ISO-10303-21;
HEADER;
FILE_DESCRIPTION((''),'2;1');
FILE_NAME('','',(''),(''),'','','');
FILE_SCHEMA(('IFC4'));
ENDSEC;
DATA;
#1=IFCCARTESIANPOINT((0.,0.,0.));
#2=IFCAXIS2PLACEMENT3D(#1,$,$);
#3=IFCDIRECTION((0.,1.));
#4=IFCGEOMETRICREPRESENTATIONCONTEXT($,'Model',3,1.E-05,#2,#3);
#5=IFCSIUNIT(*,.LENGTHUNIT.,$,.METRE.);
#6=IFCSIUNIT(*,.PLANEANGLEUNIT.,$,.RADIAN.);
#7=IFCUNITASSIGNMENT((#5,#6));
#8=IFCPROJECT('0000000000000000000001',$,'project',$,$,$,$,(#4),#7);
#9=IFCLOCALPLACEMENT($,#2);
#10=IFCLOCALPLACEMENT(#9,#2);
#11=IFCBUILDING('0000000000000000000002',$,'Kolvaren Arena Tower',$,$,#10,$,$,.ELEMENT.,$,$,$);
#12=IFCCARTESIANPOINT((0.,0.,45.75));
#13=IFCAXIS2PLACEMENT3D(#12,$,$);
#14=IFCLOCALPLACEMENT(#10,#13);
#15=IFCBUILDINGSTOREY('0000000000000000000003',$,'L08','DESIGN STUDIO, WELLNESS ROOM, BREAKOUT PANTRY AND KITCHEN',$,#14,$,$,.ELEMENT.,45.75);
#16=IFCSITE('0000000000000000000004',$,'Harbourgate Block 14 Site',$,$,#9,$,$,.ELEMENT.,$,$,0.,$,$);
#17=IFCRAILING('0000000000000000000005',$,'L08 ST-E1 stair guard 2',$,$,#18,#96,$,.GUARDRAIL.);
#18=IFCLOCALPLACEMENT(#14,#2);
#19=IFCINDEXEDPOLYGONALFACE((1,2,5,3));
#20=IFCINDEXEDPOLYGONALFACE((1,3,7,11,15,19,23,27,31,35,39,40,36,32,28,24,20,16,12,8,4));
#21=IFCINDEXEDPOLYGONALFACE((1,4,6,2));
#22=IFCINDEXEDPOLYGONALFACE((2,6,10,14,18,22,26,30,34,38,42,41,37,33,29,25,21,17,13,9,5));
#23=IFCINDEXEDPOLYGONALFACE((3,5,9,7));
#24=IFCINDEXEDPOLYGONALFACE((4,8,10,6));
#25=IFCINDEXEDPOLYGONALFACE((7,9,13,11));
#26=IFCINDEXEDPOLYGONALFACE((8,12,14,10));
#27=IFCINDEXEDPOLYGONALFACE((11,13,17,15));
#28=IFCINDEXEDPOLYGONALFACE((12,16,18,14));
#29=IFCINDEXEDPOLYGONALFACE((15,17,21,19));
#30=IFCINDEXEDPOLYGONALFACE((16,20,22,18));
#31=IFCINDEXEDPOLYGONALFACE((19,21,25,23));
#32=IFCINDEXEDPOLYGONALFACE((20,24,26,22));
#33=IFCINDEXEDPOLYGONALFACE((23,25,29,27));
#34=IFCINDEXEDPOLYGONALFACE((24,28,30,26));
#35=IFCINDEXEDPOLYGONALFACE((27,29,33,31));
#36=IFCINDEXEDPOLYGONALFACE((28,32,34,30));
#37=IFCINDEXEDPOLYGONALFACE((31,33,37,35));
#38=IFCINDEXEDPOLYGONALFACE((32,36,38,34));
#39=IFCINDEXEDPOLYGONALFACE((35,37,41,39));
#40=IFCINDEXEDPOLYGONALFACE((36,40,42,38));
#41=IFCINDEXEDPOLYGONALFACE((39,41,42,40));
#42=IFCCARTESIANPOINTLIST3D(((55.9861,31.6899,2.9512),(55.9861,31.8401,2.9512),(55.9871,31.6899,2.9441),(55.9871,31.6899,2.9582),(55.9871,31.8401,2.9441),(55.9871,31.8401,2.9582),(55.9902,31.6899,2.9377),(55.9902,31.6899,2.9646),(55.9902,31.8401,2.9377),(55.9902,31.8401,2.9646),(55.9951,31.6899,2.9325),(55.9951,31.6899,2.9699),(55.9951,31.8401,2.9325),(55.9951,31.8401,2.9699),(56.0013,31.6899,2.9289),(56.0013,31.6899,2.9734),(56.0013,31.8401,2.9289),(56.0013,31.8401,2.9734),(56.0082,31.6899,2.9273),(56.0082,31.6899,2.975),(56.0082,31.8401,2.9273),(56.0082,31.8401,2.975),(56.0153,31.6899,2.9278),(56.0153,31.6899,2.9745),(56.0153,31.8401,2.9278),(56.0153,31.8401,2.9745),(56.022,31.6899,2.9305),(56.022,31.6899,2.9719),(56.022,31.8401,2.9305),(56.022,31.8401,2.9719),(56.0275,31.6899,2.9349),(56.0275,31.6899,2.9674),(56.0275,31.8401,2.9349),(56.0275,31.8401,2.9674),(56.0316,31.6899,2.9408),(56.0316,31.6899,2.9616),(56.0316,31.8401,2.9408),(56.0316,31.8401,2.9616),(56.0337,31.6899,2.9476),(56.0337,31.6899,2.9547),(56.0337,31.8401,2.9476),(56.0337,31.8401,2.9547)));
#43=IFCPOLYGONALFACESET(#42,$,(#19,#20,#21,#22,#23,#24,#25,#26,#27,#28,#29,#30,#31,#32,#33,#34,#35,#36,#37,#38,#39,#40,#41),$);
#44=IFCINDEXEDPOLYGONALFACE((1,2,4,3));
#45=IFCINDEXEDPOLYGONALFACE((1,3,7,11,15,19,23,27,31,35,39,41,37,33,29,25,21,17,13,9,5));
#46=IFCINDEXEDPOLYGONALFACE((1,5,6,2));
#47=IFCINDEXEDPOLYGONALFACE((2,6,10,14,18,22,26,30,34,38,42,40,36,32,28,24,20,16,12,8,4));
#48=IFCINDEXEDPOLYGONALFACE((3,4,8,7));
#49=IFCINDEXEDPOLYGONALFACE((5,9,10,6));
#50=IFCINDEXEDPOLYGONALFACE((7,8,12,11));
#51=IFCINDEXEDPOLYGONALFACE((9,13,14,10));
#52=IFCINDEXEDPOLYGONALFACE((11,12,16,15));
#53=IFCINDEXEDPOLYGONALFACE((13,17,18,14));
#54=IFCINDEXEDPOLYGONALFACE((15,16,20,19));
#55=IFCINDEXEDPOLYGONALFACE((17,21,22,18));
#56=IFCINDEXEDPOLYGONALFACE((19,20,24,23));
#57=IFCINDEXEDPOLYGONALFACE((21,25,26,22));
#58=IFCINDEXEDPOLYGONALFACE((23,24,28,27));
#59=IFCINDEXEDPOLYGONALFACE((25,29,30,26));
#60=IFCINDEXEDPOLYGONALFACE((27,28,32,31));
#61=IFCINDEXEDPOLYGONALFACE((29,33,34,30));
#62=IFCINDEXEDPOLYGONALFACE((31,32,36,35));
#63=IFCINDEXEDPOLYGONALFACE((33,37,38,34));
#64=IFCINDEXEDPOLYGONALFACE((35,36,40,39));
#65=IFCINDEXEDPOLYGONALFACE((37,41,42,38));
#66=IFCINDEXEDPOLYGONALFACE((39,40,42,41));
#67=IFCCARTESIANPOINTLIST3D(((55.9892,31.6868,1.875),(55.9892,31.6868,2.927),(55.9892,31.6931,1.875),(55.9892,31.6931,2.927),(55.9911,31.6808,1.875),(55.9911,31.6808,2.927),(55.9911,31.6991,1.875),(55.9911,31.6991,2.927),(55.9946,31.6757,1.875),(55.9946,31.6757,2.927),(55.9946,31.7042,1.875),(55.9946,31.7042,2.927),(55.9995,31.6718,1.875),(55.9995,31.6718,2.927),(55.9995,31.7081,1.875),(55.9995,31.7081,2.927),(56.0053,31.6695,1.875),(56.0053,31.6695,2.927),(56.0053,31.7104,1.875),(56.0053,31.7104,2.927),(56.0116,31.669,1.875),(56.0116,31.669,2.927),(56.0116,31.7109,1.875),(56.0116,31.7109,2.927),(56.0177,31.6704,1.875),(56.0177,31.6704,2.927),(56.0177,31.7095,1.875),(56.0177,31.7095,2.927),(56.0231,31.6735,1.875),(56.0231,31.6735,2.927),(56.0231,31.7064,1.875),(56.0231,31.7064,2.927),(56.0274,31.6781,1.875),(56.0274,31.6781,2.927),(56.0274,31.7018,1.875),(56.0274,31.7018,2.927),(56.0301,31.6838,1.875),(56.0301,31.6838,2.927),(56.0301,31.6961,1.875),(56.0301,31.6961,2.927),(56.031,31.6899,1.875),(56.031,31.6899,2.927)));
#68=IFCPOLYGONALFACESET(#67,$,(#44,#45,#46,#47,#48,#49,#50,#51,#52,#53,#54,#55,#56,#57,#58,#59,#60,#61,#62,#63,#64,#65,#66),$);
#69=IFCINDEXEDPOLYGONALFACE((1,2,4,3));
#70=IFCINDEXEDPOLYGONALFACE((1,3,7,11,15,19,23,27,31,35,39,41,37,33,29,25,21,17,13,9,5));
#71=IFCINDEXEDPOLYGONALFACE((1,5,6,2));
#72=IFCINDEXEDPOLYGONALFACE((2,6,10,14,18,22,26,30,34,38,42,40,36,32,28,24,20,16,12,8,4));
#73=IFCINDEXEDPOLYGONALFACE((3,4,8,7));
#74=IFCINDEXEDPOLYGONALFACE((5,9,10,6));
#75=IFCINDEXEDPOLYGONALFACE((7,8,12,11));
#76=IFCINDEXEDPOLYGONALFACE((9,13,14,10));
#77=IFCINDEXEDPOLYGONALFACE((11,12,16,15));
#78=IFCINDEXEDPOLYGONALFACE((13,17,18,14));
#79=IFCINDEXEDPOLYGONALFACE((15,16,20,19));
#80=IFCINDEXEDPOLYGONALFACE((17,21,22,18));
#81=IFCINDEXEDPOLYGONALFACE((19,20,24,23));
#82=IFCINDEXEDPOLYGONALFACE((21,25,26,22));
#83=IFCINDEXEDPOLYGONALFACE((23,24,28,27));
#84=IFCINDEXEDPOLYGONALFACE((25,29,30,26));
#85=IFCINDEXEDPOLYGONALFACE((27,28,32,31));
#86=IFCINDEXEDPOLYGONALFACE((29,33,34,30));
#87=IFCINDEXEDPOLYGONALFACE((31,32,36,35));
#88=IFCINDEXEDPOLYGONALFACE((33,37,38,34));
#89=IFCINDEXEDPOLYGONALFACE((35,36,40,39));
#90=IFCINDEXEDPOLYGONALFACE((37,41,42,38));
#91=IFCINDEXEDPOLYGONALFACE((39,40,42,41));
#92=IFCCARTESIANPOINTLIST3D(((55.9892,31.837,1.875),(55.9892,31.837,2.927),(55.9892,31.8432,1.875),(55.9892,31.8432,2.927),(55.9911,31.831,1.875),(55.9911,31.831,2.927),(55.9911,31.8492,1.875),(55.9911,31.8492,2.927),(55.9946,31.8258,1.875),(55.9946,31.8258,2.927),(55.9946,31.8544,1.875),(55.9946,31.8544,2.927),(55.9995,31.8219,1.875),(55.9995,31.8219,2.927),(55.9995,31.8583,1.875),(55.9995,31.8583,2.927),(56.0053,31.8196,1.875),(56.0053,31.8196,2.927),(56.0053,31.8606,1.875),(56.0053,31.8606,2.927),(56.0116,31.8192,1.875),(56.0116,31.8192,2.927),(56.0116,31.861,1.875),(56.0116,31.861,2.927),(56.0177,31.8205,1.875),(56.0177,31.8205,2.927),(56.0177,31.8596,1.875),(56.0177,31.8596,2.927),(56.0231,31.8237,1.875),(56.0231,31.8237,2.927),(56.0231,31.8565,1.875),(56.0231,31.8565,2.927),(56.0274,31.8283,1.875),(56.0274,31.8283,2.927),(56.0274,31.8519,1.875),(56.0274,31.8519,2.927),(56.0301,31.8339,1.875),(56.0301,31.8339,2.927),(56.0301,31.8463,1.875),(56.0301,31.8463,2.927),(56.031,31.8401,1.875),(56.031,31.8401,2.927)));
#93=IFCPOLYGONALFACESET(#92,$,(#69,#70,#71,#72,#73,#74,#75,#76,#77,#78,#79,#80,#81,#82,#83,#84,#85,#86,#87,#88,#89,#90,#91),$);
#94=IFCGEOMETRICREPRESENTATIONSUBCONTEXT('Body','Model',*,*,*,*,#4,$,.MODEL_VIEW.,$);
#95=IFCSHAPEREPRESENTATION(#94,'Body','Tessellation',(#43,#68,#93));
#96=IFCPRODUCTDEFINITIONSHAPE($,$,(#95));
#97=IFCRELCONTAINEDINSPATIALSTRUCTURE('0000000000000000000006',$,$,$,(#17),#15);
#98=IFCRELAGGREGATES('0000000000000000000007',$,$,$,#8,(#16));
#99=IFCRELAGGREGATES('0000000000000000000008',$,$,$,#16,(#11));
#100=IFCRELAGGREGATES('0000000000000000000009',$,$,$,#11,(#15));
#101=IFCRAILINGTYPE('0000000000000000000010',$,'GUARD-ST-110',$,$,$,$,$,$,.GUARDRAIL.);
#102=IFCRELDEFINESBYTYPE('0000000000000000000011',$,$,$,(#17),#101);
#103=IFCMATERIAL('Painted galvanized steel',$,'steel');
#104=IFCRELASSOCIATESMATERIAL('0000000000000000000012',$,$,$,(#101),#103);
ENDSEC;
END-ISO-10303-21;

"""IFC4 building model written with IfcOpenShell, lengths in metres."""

from ifc_helpers import new_model, si_unit, direction, frame, origin, origin_2d, place, context, subcontext, project, spatial, circle, extrude, material, type_object, element, save


model = new_model("IFC4")

# Units and contexts
model_context = context("Model", 3, precision=1e-05, world=origin(), true_north=direction((0.0, 1.0)))
body_context = subcontext(model_context, "Body", "Model", "MODEL_VIEW")
ifc_project = project(units=[si_unit("LENGTHUNIT", "METRE"), si_unit("PLANEANGLEUNIT", "RADIAN")], contexts=[model_context])

# Site, building, storey
site_placement = place(None, origin())
site = spatial("IfcSite", under=ifc_project, at=site_placement, Name="Harbourgate Block 14 Site", CompositionType="ELEMENT", RefElevation=0.0)
building_placement = place(site_placement, origin())
building = spatial("IfcBuilding", under=site, at=building_placement, Name="Kolvaren Arena Tower", CompositionType="ELEMENT")
storey_placement = place(building_placement, frame((0.0, 0.0, 45.75)))
storey = spatial("IfcBuildingStorey", under=building, at=storey_placement, Name="L08", Description="DESIGN STUDIO, WELLNESS ROOM, BREAKOUT PANTRY AND KITCHEN", CompositionType="ELEMENT", Elevation=45.75)

# Railing
ifc_material_1 = material(Name="Painted galvanized steel", Category="steel")
railing_type_1 = type_object("IfcRailingType", Name="GUARD-ST-110", PredefinedType="GUARDRAIL", material=ifc_material_1)
railing_1_placement = place(storey_placement, frame((56.01, 31.6899, 1.875)))
element("IfcRailing", 1, at=railing_1_placement, inside=storey, type_object=railing_type_1, Name="L08 ST-E1 stair guard 2", PredefinedType="GUARDRAIL", context=body_context, shape_type="SweptSolid", body=[
    extrude(circle(Radius=0.0239, at=origin_2d()), frame((0.0, 0.0, 1.0762), z_axis=(0.0, 1.0, 0.0), x_axis=(-1.0, 0.0, 0.0)), (0.0, 0.0, 1.0), 0.1501),
    extrude(circle(Radius=0.021, at=origin_2d()), origin(), (0.0, 0.0, 1.0), 1.052),
    extrude(circle(Radius=0.021, at=origin_2d()), frame((0.0, 0.1501, 0.0)), (0.0, 0.0, 1.0), 1.052),
])

save(model, "model.ifc")
